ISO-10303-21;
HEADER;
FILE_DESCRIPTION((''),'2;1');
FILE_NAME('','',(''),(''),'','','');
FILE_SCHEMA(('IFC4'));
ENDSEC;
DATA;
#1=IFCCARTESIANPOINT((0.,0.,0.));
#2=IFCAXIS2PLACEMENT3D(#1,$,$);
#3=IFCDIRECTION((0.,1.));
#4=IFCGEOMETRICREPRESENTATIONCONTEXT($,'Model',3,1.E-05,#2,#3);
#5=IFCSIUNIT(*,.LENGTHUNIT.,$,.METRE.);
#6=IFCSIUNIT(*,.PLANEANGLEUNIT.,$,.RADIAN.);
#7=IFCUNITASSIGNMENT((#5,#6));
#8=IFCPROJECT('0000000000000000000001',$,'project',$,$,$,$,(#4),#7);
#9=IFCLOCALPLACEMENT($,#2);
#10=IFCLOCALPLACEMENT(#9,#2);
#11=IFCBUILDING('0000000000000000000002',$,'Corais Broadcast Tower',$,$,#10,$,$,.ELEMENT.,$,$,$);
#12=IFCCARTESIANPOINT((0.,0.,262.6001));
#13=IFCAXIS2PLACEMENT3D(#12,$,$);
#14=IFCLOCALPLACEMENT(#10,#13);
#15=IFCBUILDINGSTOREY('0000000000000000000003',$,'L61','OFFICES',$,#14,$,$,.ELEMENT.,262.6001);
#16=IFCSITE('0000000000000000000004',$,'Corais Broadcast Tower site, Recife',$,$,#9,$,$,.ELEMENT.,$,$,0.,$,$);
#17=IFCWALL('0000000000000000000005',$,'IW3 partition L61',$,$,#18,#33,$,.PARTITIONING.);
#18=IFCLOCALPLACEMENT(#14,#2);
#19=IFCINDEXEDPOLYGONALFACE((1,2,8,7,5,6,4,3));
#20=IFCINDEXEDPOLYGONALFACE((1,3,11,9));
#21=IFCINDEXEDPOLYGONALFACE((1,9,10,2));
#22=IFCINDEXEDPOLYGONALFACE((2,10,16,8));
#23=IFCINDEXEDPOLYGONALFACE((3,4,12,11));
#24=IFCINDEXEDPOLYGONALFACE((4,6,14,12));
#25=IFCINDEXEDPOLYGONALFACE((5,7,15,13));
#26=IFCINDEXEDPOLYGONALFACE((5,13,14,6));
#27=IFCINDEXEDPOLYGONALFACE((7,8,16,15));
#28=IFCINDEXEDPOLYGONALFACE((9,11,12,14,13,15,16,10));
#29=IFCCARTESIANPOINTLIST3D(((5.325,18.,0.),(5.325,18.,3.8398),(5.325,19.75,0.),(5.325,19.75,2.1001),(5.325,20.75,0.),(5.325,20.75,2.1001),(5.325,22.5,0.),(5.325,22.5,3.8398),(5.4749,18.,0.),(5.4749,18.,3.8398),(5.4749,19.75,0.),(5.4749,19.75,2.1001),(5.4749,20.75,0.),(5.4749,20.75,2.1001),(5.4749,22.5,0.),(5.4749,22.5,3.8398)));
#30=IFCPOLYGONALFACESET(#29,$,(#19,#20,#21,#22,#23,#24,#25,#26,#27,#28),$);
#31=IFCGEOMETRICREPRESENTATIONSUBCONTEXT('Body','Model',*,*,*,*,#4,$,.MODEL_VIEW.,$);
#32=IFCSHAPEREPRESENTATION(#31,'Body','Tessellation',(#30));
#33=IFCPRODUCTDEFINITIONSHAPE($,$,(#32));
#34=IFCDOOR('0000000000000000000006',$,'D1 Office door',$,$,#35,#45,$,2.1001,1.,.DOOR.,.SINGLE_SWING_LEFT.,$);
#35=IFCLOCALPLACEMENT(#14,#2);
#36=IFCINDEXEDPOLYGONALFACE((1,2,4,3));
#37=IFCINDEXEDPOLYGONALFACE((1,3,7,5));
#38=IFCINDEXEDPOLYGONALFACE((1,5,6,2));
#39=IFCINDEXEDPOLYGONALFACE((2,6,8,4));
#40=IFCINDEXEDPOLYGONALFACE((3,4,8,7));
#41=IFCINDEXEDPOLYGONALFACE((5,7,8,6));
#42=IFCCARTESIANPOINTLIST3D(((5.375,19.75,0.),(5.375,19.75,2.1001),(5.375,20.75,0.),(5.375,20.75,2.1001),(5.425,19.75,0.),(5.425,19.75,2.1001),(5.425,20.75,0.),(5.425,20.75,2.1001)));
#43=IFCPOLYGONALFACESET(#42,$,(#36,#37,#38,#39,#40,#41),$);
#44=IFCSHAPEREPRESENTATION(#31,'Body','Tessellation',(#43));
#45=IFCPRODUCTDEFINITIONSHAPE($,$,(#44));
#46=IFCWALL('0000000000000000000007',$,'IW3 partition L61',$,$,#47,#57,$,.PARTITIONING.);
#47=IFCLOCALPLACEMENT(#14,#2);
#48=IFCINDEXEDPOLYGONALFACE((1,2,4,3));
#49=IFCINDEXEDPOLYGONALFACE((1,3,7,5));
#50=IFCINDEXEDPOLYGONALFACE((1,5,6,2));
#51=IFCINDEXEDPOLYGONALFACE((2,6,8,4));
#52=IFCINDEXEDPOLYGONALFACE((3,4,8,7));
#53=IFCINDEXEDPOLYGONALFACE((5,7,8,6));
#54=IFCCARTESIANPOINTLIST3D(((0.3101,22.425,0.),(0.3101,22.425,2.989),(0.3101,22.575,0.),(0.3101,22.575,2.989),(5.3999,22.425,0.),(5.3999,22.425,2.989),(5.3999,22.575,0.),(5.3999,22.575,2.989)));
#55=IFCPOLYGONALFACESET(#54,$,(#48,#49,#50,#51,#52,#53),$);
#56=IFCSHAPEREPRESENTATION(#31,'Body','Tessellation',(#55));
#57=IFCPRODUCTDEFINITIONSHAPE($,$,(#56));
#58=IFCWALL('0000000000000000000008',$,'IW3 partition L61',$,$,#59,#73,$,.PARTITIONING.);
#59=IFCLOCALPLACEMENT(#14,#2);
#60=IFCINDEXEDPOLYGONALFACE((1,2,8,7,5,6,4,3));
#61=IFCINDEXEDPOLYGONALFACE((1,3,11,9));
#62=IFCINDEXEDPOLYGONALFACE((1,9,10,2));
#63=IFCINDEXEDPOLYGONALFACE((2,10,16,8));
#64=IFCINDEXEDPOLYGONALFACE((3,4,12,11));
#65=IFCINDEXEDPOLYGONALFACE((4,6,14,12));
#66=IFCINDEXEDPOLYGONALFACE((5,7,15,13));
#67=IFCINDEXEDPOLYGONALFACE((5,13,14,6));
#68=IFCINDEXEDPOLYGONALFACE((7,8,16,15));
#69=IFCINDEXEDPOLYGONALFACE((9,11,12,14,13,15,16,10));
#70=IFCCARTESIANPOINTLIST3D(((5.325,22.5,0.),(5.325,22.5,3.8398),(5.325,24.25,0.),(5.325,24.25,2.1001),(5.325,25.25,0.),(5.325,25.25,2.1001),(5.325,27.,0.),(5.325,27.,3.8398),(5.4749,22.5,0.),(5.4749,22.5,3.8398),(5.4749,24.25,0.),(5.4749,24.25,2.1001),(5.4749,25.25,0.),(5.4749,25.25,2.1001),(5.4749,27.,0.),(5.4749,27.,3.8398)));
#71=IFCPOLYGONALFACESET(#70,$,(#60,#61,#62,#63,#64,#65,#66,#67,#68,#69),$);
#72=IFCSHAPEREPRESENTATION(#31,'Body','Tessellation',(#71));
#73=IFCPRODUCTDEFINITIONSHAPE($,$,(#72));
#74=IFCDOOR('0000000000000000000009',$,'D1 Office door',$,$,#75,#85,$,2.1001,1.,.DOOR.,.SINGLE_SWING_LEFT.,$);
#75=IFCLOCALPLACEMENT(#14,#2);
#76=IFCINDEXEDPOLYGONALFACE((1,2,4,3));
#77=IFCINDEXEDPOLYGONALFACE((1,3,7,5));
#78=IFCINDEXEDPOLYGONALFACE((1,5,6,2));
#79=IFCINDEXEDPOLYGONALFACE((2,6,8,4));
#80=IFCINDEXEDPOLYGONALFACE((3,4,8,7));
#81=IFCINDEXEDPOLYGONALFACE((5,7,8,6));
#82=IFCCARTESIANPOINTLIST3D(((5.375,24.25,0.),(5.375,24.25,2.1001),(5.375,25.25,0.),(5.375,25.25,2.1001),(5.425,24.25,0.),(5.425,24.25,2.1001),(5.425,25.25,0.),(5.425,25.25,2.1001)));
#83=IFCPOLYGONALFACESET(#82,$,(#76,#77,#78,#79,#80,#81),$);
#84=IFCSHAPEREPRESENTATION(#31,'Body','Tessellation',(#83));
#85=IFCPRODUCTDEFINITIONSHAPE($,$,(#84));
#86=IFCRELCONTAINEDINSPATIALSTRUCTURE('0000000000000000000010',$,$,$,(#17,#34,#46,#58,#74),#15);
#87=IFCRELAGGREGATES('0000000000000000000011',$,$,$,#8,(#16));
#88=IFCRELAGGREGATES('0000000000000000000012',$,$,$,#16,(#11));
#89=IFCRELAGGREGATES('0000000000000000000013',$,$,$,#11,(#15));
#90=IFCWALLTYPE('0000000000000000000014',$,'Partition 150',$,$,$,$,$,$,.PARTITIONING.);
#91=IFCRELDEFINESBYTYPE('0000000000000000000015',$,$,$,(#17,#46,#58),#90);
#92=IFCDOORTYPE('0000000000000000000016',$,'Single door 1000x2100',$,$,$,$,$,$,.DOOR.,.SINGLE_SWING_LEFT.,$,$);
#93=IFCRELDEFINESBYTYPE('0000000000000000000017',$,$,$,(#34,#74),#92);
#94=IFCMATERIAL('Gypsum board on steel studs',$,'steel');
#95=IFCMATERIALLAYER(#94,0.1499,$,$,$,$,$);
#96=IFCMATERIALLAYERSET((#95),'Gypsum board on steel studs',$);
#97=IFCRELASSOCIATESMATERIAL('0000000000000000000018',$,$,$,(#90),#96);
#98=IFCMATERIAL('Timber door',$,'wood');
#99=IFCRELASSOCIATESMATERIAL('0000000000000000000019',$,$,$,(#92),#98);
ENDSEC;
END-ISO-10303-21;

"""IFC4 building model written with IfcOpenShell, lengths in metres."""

from ifc_helpers import new_model, si_unit, direction, frame, frame_2d, origin, place, context, subcontext, project, spatial, rectangle, extrude, material, layer, layer_set, type_object, element, fill, save


model = new_model("IFC4")

# Units and contexts
model_context = context("Model", 3, precision=1e-05, world=origin(), true_north=direction((0.0, 1.0)))
body_context = subcontext(model_context, "Body", "Model", "MODEL_VIEW")
ifc_project = project(units=[si_unit("LENGTHUNIT", "METRE"), si_unit("PLANEANGLEUNIT", "RADIAN")], contexts=[model_context])

# Site, building, storey
site_placement = place(None, origin())
site = spatial("IfcSite", under=ifc_project, at=site_placement, Name="Corais Broadcast Tower site, Recife", CompositionType="ELEMENT", RefElevation=0.0)
building_placement = place(site_placement, origin())
building = spatial("IfcBuilding", under=site, at=building_placement, Name="Corais Broadcast Tower", CompositionType="ELEMENT")
storey_placement = place(building_placement, frame((0.0, 0.0, 262.6001)))
storey = spatial("IfcBuildingStorey", under=building, at=storey_placement, Name="L61", Description="OFFICES", CompositionType="ELEMENT", Elevation=262.6001)

# Shared definitions
ifc_material_1 = material(Name="Gypsum board on steel studs", Category="steel")
ifc_layer_1 = layer(ifc_material_1, 0.1499)
ifc_layer_set_1 = layer_set([ifc_layer_1], Name="Gypsum board on steel studs")
wall_type = type_object("IfcWallType", Name="Partition 150", PredefinedType="PARTITIONING", material=ifc_layer_set_1)

# Wall, opening, door
wall_1_placement = place(storey_placement, frame((5.3999, 18.0, 0.0), z_axis=(0.0, 0.0, 1.0), x_axis=(0.0, 1.0, 0.0)))
wall_1 = element("IfcWall", 1, at=wall_1_placement, inside=storey, type_object=wall_type, Name="IW3 partition L61", PredefinedType="PARTITIONING", context=body_context, shape_type="SweptSolid", body=[
    extrude(rectangle(XDim=4.5, YDim=0.1499, at=frame_2d((2.25, 0.0))), origin(), (0.0, 0.0, 1.0), 3.8398),
])
opening_1_placement = place(wall_1_placement, frame((1.75, 0.0, 0.0)))
opening_1 = element("IfcOpeningElement", 2, at=opening_1_placement, cuts=wall_1, PredefinedType="OPENING", context=body_context, shape_type="SweptSolid", body=[
    extrude(rectangle(XDim=1.0, YDim=2.1001, at=frame_2d((0.5, 1.05))), frame((0.0, 0.085, 0.0), z_axis=(0.0, -1.0, 0.0), x_axis=(1.0, 0.0, 0.0)), (0.0, 0.0, 1.0), 0.1699),
])
ifc_material_2 = material(Name="Timber door", Category="wood")
door_type = type_object("IfcDoorType", Name="Single door 1000x2100", OperationType="SINGLE_SWING_LEFT", PredefinedType="DOOR", material=ifc_material_2)
door_1_placement = place(opening_1_placement, origin())
door_1 = element("IfcDoor", 3, at=door_1_placement, inside=storey, type_object=door_type, Name="D1 Office door", OperationType="SINGLE_SWING_LEFT", OverallHeight=2.1001, OverallWidth=1.0, PredefinedType="DOOR", context=body_context, shape_type="SweptSolid", body=[
    extrude(rectangle(XDim=1.0, YDim=2.1001, at=frame_2d((0.5, 1.05))), frame((0.0, 0.0249, 0.0), z_axis=(0.0, -1.0, 0.0), x_axis=(1.0, 0.0, 0.0)), (0.0, 0.0, 1.0), 0.05),
])
fill(opening_1, door_1)

# Wall
wall_2_placement = place(storey_placement, frame((5.3999, 22.5, 0.0), z_axis=(0.0, 0.0, 1.0), x_axis=(-1.0, 0.0, 0.0)))
element("IfcWall", 4, at=wall_2_placement, inside=storey, type_object=wall_type, Name="IW3 partition L61", PredefinedType="PARTITIONING", context=body_context, shape_type="SweptSolid", body=[
    extrude(rectangle(XDim=5.0898, YDim=0.1499, at=frame_2d((2.5449, 0.0))), origin(), (0.0, 0.0, 1.0), 2.989),
])

# Wall, opening, door
wall_3_placement = place(storey_placement, frame((5.3999, 22.5, 0.0), z_axis=(0.0, 0.0, 1.0), x_axis=(0.0, 1.0, 0.0)))
wall_3 = element("IfcWall", 5, at=wall_3_placement, inside=storey, type_object=wall_type, Name="IW3 partition L61", PredefinedType="PARTITIONING", context=body_context, shape_type="SweptSolid", body=[
    extrude(rectangle(XDim=4.5, YDim=0.1499, at=frame_2d((2.25, 0.0))), origin(), (0.0, 0.0, 1.0), 3.8398),
])
opening_2_placement = place(wall_3_placement, frame((1.75, 0.0, 0.0)))
opening_2 = element("IfcOpeningElement", 6, at=opening_2_placement, cuts=wall_3, PredefinedType="OPENING", context=body_context, shape_type="SweptSolid", body=[
    extrude(rectangle(XDim=1.0, YDim=2.1001, at=frame_2d((0.5, 1.05))), frame((0.0, 0.085, 0.0), z_axis=(0.0, -1.0, 0.0), x_axis=(1.0, 0.0, 0.0)), (0.0, 0.0, 1.0), 0.1699),
])
door_2_placement = place(opening_2_placement, origin())
door_2 = element("IfcDoor", 7, at=door_2_placement, inside=storey, type_object=door_type, Name="D1 Office door", OperationType="SINGLE_SWING_LEFT", OverallHeight=2.1001, OverallWidth=1.0, PredefinedType="DOOR", context=body_context, shape_type="SweptSolid", body=[
    extrude(rectangle(XDim=1.0, YDim=2.1001, at=frame_2d((0.5, 1.05))), frame((0.0, 0.0249, 0.0), z_axis=(0.0, -1.0, 0.0), x_axis=(1.0, 0.0, 0.0)), (0.0, 0.0, 1.0), 0.05),
])
fill(opening_2, door_2)

save(model, "model.ifc")
